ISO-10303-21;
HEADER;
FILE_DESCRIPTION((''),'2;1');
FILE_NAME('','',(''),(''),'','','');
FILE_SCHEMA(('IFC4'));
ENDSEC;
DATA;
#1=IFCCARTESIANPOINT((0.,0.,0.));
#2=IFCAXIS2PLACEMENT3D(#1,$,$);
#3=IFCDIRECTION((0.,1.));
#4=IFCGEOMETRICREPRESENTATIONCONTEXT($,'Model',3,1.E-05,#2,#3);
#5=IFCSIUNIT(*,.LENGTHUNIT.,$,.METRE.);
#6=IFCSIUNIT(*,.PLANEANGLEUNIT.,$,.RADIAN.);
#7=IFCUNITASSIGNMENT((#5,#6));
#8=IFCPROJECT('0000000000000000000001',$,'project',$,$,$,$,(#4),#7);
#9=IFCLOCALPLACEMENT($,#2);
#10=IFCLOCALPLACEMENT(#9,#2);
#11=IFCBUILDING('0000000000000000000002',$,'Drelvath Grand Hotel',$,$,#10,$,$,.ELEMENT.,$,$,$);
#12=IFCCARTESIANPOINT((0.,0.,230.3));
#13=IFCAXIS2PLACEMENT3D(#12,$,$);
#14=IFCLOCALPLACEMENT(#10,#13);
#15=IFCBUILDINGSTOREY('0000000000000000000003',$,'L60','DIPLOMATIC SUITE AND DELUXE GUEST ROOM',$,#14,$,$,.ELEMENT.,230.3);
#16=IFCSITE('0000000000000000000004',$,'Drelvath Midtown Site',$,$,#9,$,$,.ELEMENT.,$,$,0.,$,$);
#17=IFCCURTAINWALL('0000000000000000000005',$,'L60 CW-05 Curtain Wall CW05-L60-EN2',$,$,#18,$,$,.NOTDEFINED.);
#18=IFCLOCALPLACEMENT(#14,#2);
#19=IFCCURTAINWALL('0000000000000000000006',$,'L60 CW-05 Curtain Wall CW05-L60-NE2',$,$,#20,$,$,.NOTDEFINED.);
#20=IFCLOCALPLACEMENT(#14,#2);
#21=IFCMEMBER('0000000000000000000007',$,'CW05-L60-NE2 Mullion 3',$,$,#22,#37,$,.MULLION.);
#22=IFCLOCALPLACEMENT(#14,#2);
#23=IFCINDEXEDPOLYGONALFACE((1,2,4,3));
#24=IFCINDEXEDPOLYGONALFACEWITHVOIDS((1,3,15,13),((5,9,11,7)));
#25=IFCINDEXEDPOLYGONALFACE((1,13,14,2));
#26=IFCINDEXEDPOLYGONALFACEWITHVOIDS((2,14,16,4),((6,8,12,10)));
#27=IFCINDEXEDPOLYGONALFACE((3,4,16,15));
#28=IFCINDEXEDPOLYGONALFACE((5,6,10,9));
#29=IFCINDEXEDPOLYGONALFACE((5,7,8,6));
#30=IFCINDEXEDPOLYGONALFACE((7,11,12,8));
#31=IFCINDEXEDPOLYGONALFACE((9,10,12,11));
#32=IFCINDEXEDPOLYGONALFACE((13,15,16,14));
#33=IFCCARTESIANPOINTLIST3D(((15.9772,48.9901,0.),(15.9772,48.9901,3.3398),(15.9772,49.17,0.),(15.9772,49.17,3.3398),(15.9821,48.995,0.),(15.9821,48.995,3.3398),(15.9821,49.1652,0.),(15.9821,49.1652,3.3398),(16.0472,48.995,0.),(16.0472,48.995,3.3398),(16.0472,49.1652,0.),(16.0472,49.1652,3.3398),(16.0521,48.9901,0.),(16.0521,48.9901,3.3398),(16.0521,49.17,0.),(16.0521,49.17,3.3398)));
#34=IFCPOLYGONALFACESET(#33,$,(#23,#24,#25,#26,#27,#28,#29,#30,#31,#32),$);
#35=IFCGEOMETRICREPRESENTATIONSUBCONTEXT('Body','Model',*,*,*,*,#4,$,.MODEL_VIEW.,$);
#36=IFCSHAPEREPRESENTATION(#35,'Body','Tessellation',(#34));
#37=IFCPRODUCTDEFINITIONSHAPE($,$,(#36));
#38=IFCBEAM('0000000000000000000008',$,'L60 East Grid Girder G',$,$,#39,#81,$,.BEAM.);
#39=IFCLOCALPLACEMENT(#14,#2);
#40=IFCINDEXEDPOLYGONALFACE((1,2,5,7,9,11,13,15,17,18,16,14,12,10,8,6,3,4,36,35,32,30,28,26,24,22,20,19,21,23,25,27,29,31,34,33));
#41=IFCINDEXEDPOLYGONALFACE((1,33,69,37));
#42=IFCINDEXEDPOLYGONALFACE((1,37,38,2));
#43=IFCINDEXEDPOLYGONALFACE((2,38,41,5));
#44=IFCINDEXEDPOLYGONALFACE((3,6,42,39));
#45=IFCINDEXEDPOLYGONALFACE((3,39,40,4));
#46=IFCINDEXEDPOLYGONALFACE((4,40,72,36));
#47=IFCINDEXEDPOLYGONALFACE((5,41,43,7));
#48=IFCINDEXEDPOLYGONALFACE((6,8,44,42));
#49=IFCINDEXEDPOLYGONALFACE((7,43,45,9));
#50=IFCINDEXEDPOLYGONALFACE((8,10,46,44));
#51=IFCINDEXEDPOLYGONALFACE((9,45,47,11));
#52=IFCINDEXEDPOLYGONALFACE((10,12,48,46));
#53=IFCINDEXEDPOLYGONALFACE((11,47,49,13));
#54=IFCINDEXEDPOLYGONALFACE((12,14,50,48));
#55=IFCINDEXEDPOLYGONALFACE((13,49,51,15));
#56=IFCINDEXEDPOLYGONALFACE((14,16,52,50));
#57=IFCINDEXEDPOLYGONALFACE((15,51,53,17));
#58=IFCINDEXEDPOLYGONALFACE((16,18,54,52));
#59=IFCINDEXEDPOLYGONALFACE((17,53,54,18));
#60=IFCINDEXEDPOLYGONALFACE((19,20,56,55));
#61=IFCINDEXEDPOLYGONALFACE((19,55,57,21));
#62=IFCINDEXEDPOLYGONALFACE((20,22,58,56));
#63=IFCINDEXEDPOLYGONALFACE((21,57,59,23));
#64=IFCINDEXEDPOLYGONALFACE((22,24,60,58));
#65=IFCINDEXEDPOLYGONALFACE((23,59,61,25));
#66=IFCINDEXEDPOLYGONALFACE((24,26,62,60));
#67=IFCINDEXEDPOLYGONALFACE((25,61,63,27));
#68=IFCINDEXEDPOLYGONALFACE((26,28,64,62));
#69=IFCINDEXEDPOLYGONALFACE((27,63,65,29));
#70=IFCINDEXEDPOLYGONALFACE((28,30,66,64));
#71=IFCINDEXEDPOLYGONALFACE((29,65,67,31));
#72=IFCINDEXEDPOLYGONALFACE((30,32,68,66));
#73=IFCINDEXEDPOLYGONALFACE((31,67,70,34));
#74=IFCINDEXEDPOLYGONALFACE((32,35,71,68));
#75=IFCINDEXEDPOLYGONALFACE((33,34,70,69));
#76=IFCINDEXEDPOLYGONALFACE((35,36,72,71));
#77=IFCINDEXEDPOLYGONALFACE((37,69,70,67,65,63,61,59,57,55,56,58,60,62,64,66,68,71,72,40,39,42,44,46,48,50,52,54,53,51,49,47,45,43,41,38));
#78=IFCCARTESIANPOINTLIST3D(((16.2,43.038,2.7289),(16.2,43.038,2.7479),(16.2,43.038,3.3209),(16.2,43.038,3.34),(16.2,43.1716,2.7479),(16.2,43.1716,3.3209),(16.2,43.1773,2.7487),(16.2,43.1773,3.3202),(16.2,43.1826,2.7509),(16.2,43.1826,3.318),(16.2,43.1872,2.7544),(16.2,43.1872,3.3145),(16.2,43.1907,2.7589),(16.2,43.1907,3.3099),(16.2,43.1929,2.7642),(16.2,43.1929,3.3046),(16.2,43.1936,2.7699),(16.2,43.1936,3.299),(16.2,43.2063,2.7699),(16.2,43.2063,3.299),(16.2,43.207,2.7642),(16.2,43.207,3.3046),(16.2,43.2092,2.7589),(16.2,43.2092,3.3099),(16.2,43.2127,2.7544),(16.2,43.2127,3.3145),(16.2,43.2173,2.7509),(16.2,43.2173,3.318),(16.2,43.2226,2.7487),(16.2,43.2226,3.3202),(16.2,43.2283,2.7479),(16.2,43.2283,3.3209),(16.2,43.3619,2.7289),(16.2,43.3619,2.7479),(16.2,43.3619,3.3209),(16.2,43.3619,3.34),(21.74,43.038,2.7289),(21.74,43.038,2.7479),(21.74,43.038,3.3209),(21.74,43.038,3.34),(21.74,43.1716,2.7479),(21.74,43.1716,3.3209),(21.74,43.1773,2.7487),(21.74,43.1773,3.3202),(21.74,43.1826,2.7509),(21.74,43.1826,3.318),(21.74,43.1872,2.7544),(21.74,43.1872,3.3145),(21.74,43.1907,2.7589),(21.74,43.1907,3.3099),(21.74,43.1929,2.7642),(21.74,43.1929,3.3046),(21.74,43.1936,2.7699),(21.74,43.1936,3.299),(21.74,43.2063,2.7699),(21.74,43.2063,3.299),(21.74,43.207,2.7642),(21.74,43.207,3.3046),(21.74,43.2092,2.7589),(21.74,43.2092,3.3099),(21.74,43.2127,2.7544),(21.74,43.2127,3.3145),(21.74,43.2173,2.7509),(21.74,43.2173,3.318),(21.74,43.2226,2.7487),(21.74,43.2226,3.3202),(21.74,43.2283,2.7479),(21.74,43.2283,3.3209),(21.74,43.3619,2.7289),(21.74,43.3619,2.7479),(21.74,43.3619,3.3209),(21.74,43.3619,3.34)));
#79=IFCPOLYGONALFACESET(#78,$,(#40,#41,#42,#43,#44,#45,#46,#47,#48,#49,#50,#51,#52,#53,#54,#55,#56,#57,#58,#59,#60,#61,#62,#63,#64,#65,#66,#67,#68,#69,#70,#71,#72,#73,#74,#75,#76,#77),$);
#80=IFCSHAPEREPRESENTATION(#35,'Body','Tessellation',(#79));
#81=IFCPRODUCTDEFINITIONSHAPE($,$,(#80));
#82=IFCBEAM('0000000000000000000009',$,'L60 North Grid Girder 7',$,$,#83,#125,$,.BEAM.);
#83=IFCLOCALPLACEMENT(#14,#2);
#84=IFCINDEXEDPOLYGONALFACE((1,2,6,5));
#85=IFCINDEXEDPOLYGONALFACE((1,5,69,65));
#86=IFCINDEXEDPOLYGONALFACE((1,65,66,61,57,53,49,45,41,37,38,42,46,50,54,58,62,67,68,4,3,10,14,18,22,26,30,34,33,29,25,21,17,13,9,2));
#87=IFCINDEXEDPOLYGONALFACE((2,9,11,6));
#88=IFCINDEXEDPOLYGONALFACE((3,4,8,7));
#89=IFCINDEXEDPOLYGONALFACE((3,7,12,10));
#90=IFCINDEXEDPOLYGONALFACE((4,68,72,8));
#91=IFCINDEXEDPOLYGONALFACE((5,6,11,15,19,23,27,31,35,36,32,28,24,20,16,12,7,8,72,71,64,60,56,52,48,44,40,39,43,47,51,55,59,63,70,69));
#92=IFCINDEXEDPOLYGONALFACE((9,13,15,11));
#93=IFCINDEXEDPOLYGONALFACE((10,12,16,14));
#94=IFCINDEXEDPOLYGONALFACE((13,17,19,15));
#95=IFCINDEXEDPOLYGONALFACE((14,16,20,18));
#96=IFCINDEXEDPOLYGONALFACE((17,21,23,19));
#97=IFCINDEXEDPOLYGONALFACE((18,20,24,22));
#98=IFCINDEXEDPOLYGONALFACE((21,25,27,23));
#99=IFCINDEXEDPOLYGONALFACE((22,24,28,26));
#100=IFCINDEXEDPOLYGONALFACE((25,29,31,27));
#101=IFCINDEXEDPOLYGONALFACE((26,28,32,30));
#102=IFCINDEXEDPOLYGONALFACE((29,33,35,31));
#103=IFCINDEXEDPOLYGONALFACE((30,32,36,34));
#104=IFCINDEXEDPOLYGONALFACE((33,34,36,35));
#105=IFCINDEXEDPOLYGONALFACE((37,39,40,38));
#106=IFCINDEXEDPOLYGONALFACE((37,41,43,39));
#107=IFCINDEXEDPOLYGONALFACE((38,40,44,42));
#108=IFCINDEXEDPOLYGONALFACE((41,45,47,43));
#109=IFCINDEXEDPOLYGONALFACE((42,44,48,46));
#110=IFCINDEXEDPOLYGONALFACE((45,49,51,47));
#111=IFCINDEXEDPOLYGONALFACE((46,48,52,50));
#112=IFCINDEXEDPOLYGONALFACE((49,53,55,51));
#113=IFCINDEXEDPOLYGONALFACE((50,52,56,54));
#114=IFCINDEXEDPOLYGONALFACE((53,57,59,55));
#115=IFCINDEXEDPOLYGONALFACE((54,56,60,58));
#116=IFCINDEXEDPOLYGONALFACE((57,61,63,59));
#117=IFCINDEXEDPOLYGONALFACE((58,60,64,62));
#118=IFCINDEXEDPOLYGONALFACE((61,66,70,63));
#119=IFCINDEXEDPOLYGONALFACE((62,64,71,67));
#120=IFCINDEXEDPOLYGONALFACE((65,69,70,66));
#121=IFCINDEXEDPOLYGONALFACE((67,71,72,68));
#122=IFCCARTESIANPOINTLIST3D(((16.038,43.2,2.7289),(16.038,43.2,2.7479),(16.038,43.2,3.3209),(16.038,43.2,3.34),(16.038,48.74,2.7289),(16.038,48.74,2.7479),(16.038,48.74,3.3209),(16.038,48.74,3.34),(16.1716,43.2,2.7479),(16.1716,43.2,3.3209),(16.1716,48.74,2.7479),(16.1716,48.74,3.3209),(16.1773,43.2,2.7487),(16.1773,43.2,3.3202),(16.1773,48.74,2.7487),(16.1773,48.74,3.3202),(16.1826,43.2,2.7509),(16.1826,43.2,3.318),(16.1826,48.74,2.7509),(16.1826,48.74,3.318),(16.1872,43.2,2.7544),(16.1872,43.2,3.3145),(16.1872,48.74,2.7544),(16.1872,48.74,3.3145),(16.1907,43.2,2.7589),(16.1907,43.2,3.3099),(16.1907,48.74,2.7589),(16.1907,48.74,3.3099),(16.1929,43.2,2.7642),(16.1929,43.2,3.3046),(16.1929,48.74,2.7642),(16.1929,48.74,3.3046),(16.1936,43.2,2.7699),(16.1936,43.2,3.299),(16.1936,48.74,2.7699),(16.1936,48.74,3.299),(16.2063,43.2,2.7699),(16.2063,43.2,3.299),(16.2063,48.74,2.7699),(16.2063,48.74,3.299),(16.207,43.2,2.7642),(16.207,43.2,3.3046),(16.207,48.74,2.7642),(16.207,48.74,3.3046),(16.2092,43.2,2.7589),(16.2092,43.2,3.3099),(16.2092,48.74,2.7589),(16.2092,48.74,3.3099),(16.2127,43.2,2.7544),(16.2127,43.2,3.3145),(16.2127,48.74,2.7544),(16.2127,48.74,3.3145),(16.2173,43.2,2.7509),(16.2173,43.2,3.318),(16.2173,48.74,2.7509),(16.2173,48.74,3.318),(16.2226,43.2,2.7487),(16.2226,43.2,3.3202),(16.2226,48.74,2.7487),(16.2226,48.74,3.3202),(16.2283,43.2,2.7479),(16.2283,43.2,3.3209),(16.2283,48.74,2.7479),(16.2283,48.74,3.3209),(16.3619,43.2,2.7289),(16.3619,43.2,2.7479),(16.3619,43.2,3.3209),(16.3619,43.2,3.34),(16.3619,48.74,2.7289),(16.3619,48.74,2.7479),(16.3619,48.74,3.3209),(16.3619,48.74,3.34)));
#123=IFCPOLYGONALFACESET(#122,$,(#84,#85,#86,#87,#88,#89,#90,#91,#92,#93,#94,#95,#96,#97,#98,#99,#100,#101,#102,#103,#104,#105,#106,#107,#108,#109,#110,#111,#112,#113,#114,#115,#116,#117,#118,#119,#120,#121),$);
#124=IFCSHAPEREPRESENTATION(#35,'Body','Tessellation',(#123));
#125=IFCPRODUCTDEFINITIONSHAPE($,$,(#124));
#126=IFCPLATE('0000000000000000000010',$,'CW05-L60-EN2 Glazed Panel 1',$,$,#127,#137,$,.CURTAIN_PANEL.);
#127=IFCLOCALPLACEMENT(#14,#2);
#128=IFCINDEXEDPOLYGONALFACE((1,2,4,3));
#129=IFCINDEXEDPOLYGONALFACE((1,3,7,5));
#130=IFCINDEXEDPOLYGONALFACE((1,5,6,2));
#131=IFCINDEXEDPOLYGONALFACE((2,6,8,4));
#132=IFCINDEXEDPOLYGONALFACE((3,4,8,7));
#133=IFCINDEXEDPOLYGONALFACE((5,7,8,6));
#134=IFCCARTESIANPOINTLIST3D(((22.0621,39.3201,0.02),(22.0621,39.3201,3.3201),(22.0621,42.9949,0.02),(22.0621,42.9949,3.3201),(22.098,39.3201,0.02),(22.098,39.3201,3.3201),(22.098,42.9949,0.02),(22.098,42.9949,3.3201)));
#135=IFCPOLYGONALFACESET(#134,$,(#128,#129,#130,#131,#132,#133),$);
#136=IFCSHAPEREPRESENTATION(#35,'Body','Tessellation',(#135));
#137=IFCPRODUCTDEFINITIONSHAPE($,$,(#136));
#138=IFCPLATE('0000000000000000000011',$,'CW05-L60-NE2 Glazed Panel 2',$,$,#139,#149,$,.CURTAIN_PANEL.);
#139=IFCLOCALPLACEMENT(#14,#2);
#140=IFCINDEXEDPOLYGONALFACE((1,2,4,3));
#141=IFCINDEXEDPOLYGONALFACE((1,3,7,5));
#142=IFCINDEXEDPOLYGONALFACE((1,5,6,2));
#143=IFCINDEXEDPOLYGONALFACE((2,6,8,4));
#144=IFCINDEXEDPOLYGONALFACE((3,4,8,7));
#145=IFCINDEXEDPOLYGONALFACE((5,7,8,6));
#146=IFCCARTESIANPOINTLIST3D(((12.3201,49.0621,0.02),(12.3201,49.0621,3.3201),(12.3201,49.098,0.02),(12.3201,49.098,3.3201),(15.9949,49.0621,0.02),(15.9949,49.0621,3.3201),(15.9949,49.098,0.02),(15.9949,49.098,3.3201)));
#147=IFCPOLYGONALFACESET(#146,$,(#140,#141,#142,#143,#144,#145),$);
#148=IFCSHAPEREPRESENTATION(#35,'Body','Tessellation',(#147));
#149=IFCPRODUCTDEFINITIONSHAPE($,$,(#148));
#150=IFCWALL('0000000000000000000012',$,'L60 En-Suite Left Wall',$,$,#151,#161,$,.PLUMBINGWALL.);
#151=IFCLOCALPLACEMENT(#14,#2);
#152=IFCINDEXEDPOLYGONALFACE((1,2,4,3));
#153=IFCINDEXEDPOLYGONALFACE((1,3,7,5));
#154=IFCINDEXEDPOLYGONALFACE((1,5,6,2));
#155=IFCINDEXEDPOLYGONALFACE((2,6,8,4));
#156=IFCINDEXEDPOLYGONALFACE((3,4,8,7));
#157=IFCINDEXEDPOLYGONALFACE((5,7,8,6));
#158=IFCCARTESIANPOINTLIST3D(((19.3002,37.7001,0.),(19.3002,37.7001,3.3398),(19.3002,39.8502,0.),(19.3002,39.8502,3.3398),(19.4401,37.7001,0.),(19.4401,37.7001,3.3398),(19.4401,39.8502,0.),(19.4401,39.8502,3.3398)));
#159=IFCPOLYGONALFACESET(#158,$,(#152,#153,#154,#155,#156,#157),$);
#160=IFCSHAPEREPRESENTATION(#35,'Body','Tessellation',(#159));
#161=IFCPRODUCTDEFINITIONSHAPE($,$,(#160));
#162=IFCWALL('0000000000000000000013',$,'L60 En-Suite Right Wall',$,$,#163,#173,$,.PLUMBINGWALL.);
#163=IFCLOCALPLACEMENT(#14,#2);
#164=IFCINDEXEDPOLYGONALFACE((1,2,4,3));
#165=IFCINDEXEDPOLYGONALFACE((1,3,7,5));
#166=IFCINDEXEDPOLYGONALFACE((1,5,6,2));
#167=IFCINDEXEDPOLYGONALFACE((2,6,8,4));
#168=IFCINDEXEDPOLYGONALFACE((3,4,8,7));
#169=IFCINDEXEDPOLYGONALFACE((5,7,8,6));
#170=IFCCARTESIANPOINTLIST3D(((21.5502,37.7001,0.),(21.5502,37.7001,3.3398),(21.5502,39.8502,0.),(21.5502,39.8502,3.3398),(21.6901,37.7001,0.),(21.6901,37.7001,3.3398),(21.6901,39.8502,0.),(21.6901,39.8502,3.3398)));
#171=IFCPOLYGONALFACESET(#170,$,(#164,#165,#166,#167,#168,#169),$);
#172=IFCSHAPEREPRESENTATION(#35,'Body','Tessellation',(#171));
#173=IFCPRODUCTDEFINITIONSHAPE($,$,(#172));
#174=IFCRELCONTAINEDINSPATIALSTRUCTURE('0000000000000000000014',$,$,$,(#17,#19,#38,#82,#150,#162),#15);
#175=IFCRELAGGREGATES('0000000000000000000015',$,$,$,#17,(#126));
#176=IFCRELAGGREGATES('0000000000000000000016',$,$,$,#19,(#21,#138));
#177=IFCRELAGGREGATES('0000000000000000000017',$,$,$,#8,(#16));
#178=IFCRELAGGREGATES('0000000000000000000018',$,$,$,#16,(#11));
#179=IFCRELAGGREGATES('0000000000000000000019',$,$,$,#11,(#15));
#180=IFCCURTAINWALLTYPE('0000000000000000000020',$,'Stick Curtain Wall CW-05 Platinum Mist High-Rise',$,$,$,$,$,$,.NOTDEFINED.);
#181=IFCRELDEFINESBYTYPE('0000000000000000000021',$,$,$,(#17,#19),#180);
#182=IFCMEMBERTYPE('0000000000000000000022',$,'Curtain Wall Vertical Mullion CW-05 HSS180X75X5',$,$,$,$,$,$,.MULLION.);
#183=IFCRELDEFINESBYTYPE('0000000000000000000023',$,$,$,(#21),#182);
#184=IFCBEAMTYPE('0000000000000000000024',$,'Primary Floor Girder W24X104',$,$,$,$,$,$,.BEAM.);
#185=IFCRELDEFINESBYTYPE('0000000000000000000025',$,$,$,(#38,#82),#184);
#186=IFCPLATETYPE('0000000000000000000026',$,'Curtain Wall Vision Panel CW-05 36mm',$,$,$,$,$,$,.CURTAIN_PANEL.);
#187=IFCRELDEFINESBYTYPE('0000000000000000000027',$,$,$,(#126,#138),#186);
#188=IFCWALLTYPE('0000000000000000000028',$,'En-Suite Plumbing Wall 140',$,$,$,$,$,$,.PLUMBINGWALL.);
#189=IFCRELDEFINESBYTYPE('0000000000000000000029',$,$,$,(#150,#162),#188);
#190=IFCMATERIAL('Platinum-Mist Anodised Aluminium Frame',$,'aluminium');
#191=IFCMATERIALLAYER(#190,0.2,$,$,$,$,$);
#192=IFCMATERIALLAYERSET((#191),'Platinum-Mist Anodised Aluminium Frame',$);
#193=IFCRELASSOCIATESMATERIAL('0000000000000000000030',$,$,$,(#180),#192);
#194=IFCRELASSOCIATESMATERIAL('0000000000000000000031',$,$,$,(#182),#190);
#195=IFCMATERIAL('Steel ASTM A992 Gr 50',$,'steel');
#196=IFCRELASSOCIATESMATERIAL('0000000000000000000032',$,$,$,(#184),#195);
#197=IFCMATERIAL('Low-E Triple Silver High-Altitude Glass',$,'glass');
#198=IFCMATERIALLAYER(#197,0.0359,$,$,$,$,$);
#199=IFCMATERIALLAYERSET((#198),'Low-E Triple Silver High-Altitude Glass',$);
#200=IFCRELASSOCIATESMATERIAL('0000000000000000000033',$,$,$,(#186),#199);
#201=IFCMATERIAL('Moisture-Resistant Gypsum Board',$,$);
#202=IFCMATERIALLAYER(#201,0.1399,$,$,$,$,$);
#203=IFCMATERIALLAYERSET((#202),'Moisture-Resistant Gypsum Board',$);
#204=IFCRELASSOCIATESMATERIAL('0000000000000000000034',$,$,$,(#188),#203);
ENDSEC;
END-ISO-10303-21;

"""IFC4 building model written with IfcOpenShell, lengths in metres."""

from ifc_helpers import new_model, si_unit, direction, frame, frame_2d, origin, origin_2d, place, context, subcontext, project, spatial, rectangle, hollow_rectangle, i_section, extrude, material, layer, layer_set, material_profile, profile_set, type_object, element, aggregate, save


model = new_model("IFC4")

# Units and contexts
model_context = context("Model", 3, precision=1e-05, world=origin(), true_north=direction((0.0, 1.0)))
body_context = subcontext(model_context, "Body", "Model", "MODEL_VIEW")
ifc_project = project(units=[si_unit("LENGTHUNIT", "METRE"), si_unit("PLANEANGLEUNIT", "RADIAN")], contexts=[model_context])

# Site, building, storey
site_placement = place(None, origin())
site = spatial("IfcSite", under=ifc_project, at=site_placement, Name="Drelvath Midtown Site", CompositionType="ELEMENT", RefElevation=0.0)
building_placement = place(site_placement, origin())
building = spatial("IfcBuilding", under=site, at=building_placement, Name="Drelvath Grand Hotel", CompositionType="ELEMENT")
storey_placement = place(building_placement, frame((0.0, 0.0, 230.3)))
storey = spatial("IfcBuildingStorey", under=building, at=storey_placement, Name="L60", Description="DIPLOMATIC SUITE AND DELUXE GUEST ROOM", CompositionType="ELEMENT", Elevation=230.3)

# Curtain walls, member
ifc_material_1 = material(Name="Platinum-Mist Anodised Aluminium Frame", Category="aluminium")
ifc_layer_1 = layer(ifc_material_1, 0.2)
ifc_layer_set_1 = layer_set([ifc_layer_1], Name="Platinum-Mist Anodised Aluminium Frame")
curtain_wall_type = type_object("IfcCurtainWallType", Name="Stick Curtain Wall CW-05 Platinum Mist High-Rise", PredefinedType="NOTDEFINED", material=ifc_layer_set_1)
curtain_wall_1_placement = place(storey_placement, origin())
curtain_wall_1 = element("IfcCurtainWall", 1, at=curtain_wall_1_placement, inside=storey, type_object=curtain_wall_type, Name="L60 CW-05 Curtain Wall CW05-L60-EN2", PredefinedType="NOTDEFINED")
ifc_material_profile_1 = material_profile(ifc_material_1, hollow_rectangle(XDim=0.075, YDim=0.1799, WallThickness=0.0049, at=origin_2d()), Name="HSS180X75X5")
ifc_profile_set_1 = profile_set([ifc_material_profile_1], Name="Platinum-Mist Anodised Aluminium Frame")
member_type_1 = type_object("IfcMemberType", Name="Curtain Wall Vertical Mullion CW-05 HSS180X75X5", PredefinedType="MULLION", material=ifc_profile_set_1)
curtain_wall_2_placement = place(storey_placement, origin())
curtain_wall_2 = element("IfcCurtainWall", 2, at=curtain_wall_2_placement, inside=storey, type_object=curtain_wall_type, Name="L60 CW-05 Curtain Wall CW05-L60-NE2", PredefinedType="NOTDEFINED")
member_1_placement = place(storey_placement, frame((16.0146, 49.0801, 0.0), z_axis=(0.0, 0.0, 1.0), x_axis=(1.0, 0.0, 0.0)))
member_1 = element("IfcMember", 3, at=member_1_placement, type_object=member_type_1, Name="CW05-L60-NE2 Mullion 3", PredefinedType="MULLION", context=body_context, shape_type="SweptSolid", body=[
    extrude(hollow_rectangle(XDim=0.075, YDim=0.1799, WallThickness=0.0049, at=origin_2d()), origin(), (0.0, 0.0, 1.0), 3.3398),
])

# Beams
ifc_material_2 = material(Name="Steel ASTM A992 Gr 50", Category="steel")
ifc_material_profile_2 = material_profile(ifc_material_2, i_section(OverallWidth=0.324, OverallDepth=0.6111, WebThickness=0.0127, FlangeThickness=0.019, FilletRadius=0.022, at=origin_2d()), Name="W24X104")
ifc_profile_set_2 = profile_set([ifc_material_profile_2], Name="Steel ASTM A992 Gr 50")
beam_type = type_object("IfcBeamType", Name="Primary Floor Girder W24X104", PredefinedType="BEAM", material=ifc_profile_set_2)
for number, where, z_axis, x_axis, name in (
    (4, (16.2, 43.2, 3.0344), (1.0, 0.0, 0.0), (0.0, 1.0, 0.0), "L60 East Grid Girder G"),
    (5, (16.2, 43.2, 3.0344), (0.0, 1.0, 0.0), (-1.0, 0.0, 0.0), "L60 North Grid Girder 7"),
):
    element("IfcBeam", number, at=place(storey_placement, frame(where, z_axis=z_axis, x_axis=x_axis)), inside=storey, type_object=beam_type, Name=name, PredefinedType="BEAM", context=body_context, shape_type="SweptSolid", body=[
        extrude(i_section(OverallWidth=0.324, OverallDepth=0.6111, WebThickness=0.0127, FlangeThickness=0.019, FilletRadius=0.022, at=origin_2d()), origin(), (0.0, 0.0, 1.0), 5.54),
    ])

# Plates
ifc_material_3 = material(Name="Low-E Triple Silver High-Altitude Glass", Category="glass")
ifc_layer_2 = layer(ifc_material_3, 0.0359)
ifc_layer_set_2 = layer_set([ifc_layer_2], Name="Low-E Triple Silver High-Altitude Glass")
plate_type = type_object("IfcPlateType", Name="Curtain Wall Vision Panel CW-05 36mm", PredefinedType="CURTAIN_PANEL", material=ifc_layer_set_2)
plate_1_placement = place(storey_placement, frame((22.0801, 41.1575, 0.02), z_axis=(0.0, 0.0, 1.0), x_axis=(0.0, -1.0, 0.0)))
plate_1 = element("IfcPlate", 6, at=plate_1_placement, type_object=plate_type, Name="CW05-L60-EN2 Glazed Panel 1", PredefinedType="CURTAIN_PANEL", context=body_context, shape_type="SweptSolid", body=[
    extrude(rectangle(XDim=3.6748, YDim=0.0359, at=origin_2d()), origin(), (0.0, 0.0, 1.0), 3.3),
])
aggregate(curtain_wall_1, [plate_1])
plate_2_placement = place(storey_placement, frame((14.1575, 49.0801, 0.02), z_axis=(0.0, 0.0, 1.0), x_axis=(1.0, 0.0, 0.0)))
plate_2 = element("IfcPlate", 7, at=plate_2_placement, type_object=plate_type, Name="CW05-L60-NE2 Glazed Panel 2", PredefinedType="CURTAIN_PANEL", context=body_context, shape_type="SweptSolid", body=[
    extrude(rectangle(XDim=3.6748, YDim=0.0359, at=origin_2d()), origin(), (0.0, 0.0, 1.0), 3.3),
])
aggregate(curtain_wall_2, [member_1, plate_2])

# Walls
ifc_material_4 = material(Name="Moisture-Resistant Gypsum Board")
ifc_layer_3 = layer(ifc_material_4, 0.1399)
ifc_layer_set_3 = layer_set([ifc_layer_3], Name="Moisture-Resistant Gypsum Board")
wall_type_1 = type_object("IfcWallType", Name="En-Suite Plumbing Wall 140", PredefinedType="PLUMBINGWALL", material=ifc_layer_set_3)
for number, where, z_axis, x_axis, name in (
    (8, (19.3701, 37.7, 0.0), (0.0, 0.0, 1.0), (0.0, 1.0, 0.0), "L60 En-Suite Left Wall"),
    (9, (21.6201, 37.7, 0.0), (0.0, 0.0, 1.0), (0.0, 1.0, 0.0), "L60 En-Suite Right Wall"),
):
    element("IfcWall", number, at=place(storey_placement, frame(where, z_axis=z_axis, x_axis=x_axis)), inside=storey, type_object=wall_type_1, Name=name, PredefinedType="PLUMBINGWALL", context=body_context, shape_type="SweptSolid", body=[
        extrude(rectangle(XDim=2.1501, YDim=0.1399, at=frame_2d((1.0752, 0.0))), origin(), (0.0, 0.0, 1.0), 3.3398),
    ])

save(model, "model.ifc")
